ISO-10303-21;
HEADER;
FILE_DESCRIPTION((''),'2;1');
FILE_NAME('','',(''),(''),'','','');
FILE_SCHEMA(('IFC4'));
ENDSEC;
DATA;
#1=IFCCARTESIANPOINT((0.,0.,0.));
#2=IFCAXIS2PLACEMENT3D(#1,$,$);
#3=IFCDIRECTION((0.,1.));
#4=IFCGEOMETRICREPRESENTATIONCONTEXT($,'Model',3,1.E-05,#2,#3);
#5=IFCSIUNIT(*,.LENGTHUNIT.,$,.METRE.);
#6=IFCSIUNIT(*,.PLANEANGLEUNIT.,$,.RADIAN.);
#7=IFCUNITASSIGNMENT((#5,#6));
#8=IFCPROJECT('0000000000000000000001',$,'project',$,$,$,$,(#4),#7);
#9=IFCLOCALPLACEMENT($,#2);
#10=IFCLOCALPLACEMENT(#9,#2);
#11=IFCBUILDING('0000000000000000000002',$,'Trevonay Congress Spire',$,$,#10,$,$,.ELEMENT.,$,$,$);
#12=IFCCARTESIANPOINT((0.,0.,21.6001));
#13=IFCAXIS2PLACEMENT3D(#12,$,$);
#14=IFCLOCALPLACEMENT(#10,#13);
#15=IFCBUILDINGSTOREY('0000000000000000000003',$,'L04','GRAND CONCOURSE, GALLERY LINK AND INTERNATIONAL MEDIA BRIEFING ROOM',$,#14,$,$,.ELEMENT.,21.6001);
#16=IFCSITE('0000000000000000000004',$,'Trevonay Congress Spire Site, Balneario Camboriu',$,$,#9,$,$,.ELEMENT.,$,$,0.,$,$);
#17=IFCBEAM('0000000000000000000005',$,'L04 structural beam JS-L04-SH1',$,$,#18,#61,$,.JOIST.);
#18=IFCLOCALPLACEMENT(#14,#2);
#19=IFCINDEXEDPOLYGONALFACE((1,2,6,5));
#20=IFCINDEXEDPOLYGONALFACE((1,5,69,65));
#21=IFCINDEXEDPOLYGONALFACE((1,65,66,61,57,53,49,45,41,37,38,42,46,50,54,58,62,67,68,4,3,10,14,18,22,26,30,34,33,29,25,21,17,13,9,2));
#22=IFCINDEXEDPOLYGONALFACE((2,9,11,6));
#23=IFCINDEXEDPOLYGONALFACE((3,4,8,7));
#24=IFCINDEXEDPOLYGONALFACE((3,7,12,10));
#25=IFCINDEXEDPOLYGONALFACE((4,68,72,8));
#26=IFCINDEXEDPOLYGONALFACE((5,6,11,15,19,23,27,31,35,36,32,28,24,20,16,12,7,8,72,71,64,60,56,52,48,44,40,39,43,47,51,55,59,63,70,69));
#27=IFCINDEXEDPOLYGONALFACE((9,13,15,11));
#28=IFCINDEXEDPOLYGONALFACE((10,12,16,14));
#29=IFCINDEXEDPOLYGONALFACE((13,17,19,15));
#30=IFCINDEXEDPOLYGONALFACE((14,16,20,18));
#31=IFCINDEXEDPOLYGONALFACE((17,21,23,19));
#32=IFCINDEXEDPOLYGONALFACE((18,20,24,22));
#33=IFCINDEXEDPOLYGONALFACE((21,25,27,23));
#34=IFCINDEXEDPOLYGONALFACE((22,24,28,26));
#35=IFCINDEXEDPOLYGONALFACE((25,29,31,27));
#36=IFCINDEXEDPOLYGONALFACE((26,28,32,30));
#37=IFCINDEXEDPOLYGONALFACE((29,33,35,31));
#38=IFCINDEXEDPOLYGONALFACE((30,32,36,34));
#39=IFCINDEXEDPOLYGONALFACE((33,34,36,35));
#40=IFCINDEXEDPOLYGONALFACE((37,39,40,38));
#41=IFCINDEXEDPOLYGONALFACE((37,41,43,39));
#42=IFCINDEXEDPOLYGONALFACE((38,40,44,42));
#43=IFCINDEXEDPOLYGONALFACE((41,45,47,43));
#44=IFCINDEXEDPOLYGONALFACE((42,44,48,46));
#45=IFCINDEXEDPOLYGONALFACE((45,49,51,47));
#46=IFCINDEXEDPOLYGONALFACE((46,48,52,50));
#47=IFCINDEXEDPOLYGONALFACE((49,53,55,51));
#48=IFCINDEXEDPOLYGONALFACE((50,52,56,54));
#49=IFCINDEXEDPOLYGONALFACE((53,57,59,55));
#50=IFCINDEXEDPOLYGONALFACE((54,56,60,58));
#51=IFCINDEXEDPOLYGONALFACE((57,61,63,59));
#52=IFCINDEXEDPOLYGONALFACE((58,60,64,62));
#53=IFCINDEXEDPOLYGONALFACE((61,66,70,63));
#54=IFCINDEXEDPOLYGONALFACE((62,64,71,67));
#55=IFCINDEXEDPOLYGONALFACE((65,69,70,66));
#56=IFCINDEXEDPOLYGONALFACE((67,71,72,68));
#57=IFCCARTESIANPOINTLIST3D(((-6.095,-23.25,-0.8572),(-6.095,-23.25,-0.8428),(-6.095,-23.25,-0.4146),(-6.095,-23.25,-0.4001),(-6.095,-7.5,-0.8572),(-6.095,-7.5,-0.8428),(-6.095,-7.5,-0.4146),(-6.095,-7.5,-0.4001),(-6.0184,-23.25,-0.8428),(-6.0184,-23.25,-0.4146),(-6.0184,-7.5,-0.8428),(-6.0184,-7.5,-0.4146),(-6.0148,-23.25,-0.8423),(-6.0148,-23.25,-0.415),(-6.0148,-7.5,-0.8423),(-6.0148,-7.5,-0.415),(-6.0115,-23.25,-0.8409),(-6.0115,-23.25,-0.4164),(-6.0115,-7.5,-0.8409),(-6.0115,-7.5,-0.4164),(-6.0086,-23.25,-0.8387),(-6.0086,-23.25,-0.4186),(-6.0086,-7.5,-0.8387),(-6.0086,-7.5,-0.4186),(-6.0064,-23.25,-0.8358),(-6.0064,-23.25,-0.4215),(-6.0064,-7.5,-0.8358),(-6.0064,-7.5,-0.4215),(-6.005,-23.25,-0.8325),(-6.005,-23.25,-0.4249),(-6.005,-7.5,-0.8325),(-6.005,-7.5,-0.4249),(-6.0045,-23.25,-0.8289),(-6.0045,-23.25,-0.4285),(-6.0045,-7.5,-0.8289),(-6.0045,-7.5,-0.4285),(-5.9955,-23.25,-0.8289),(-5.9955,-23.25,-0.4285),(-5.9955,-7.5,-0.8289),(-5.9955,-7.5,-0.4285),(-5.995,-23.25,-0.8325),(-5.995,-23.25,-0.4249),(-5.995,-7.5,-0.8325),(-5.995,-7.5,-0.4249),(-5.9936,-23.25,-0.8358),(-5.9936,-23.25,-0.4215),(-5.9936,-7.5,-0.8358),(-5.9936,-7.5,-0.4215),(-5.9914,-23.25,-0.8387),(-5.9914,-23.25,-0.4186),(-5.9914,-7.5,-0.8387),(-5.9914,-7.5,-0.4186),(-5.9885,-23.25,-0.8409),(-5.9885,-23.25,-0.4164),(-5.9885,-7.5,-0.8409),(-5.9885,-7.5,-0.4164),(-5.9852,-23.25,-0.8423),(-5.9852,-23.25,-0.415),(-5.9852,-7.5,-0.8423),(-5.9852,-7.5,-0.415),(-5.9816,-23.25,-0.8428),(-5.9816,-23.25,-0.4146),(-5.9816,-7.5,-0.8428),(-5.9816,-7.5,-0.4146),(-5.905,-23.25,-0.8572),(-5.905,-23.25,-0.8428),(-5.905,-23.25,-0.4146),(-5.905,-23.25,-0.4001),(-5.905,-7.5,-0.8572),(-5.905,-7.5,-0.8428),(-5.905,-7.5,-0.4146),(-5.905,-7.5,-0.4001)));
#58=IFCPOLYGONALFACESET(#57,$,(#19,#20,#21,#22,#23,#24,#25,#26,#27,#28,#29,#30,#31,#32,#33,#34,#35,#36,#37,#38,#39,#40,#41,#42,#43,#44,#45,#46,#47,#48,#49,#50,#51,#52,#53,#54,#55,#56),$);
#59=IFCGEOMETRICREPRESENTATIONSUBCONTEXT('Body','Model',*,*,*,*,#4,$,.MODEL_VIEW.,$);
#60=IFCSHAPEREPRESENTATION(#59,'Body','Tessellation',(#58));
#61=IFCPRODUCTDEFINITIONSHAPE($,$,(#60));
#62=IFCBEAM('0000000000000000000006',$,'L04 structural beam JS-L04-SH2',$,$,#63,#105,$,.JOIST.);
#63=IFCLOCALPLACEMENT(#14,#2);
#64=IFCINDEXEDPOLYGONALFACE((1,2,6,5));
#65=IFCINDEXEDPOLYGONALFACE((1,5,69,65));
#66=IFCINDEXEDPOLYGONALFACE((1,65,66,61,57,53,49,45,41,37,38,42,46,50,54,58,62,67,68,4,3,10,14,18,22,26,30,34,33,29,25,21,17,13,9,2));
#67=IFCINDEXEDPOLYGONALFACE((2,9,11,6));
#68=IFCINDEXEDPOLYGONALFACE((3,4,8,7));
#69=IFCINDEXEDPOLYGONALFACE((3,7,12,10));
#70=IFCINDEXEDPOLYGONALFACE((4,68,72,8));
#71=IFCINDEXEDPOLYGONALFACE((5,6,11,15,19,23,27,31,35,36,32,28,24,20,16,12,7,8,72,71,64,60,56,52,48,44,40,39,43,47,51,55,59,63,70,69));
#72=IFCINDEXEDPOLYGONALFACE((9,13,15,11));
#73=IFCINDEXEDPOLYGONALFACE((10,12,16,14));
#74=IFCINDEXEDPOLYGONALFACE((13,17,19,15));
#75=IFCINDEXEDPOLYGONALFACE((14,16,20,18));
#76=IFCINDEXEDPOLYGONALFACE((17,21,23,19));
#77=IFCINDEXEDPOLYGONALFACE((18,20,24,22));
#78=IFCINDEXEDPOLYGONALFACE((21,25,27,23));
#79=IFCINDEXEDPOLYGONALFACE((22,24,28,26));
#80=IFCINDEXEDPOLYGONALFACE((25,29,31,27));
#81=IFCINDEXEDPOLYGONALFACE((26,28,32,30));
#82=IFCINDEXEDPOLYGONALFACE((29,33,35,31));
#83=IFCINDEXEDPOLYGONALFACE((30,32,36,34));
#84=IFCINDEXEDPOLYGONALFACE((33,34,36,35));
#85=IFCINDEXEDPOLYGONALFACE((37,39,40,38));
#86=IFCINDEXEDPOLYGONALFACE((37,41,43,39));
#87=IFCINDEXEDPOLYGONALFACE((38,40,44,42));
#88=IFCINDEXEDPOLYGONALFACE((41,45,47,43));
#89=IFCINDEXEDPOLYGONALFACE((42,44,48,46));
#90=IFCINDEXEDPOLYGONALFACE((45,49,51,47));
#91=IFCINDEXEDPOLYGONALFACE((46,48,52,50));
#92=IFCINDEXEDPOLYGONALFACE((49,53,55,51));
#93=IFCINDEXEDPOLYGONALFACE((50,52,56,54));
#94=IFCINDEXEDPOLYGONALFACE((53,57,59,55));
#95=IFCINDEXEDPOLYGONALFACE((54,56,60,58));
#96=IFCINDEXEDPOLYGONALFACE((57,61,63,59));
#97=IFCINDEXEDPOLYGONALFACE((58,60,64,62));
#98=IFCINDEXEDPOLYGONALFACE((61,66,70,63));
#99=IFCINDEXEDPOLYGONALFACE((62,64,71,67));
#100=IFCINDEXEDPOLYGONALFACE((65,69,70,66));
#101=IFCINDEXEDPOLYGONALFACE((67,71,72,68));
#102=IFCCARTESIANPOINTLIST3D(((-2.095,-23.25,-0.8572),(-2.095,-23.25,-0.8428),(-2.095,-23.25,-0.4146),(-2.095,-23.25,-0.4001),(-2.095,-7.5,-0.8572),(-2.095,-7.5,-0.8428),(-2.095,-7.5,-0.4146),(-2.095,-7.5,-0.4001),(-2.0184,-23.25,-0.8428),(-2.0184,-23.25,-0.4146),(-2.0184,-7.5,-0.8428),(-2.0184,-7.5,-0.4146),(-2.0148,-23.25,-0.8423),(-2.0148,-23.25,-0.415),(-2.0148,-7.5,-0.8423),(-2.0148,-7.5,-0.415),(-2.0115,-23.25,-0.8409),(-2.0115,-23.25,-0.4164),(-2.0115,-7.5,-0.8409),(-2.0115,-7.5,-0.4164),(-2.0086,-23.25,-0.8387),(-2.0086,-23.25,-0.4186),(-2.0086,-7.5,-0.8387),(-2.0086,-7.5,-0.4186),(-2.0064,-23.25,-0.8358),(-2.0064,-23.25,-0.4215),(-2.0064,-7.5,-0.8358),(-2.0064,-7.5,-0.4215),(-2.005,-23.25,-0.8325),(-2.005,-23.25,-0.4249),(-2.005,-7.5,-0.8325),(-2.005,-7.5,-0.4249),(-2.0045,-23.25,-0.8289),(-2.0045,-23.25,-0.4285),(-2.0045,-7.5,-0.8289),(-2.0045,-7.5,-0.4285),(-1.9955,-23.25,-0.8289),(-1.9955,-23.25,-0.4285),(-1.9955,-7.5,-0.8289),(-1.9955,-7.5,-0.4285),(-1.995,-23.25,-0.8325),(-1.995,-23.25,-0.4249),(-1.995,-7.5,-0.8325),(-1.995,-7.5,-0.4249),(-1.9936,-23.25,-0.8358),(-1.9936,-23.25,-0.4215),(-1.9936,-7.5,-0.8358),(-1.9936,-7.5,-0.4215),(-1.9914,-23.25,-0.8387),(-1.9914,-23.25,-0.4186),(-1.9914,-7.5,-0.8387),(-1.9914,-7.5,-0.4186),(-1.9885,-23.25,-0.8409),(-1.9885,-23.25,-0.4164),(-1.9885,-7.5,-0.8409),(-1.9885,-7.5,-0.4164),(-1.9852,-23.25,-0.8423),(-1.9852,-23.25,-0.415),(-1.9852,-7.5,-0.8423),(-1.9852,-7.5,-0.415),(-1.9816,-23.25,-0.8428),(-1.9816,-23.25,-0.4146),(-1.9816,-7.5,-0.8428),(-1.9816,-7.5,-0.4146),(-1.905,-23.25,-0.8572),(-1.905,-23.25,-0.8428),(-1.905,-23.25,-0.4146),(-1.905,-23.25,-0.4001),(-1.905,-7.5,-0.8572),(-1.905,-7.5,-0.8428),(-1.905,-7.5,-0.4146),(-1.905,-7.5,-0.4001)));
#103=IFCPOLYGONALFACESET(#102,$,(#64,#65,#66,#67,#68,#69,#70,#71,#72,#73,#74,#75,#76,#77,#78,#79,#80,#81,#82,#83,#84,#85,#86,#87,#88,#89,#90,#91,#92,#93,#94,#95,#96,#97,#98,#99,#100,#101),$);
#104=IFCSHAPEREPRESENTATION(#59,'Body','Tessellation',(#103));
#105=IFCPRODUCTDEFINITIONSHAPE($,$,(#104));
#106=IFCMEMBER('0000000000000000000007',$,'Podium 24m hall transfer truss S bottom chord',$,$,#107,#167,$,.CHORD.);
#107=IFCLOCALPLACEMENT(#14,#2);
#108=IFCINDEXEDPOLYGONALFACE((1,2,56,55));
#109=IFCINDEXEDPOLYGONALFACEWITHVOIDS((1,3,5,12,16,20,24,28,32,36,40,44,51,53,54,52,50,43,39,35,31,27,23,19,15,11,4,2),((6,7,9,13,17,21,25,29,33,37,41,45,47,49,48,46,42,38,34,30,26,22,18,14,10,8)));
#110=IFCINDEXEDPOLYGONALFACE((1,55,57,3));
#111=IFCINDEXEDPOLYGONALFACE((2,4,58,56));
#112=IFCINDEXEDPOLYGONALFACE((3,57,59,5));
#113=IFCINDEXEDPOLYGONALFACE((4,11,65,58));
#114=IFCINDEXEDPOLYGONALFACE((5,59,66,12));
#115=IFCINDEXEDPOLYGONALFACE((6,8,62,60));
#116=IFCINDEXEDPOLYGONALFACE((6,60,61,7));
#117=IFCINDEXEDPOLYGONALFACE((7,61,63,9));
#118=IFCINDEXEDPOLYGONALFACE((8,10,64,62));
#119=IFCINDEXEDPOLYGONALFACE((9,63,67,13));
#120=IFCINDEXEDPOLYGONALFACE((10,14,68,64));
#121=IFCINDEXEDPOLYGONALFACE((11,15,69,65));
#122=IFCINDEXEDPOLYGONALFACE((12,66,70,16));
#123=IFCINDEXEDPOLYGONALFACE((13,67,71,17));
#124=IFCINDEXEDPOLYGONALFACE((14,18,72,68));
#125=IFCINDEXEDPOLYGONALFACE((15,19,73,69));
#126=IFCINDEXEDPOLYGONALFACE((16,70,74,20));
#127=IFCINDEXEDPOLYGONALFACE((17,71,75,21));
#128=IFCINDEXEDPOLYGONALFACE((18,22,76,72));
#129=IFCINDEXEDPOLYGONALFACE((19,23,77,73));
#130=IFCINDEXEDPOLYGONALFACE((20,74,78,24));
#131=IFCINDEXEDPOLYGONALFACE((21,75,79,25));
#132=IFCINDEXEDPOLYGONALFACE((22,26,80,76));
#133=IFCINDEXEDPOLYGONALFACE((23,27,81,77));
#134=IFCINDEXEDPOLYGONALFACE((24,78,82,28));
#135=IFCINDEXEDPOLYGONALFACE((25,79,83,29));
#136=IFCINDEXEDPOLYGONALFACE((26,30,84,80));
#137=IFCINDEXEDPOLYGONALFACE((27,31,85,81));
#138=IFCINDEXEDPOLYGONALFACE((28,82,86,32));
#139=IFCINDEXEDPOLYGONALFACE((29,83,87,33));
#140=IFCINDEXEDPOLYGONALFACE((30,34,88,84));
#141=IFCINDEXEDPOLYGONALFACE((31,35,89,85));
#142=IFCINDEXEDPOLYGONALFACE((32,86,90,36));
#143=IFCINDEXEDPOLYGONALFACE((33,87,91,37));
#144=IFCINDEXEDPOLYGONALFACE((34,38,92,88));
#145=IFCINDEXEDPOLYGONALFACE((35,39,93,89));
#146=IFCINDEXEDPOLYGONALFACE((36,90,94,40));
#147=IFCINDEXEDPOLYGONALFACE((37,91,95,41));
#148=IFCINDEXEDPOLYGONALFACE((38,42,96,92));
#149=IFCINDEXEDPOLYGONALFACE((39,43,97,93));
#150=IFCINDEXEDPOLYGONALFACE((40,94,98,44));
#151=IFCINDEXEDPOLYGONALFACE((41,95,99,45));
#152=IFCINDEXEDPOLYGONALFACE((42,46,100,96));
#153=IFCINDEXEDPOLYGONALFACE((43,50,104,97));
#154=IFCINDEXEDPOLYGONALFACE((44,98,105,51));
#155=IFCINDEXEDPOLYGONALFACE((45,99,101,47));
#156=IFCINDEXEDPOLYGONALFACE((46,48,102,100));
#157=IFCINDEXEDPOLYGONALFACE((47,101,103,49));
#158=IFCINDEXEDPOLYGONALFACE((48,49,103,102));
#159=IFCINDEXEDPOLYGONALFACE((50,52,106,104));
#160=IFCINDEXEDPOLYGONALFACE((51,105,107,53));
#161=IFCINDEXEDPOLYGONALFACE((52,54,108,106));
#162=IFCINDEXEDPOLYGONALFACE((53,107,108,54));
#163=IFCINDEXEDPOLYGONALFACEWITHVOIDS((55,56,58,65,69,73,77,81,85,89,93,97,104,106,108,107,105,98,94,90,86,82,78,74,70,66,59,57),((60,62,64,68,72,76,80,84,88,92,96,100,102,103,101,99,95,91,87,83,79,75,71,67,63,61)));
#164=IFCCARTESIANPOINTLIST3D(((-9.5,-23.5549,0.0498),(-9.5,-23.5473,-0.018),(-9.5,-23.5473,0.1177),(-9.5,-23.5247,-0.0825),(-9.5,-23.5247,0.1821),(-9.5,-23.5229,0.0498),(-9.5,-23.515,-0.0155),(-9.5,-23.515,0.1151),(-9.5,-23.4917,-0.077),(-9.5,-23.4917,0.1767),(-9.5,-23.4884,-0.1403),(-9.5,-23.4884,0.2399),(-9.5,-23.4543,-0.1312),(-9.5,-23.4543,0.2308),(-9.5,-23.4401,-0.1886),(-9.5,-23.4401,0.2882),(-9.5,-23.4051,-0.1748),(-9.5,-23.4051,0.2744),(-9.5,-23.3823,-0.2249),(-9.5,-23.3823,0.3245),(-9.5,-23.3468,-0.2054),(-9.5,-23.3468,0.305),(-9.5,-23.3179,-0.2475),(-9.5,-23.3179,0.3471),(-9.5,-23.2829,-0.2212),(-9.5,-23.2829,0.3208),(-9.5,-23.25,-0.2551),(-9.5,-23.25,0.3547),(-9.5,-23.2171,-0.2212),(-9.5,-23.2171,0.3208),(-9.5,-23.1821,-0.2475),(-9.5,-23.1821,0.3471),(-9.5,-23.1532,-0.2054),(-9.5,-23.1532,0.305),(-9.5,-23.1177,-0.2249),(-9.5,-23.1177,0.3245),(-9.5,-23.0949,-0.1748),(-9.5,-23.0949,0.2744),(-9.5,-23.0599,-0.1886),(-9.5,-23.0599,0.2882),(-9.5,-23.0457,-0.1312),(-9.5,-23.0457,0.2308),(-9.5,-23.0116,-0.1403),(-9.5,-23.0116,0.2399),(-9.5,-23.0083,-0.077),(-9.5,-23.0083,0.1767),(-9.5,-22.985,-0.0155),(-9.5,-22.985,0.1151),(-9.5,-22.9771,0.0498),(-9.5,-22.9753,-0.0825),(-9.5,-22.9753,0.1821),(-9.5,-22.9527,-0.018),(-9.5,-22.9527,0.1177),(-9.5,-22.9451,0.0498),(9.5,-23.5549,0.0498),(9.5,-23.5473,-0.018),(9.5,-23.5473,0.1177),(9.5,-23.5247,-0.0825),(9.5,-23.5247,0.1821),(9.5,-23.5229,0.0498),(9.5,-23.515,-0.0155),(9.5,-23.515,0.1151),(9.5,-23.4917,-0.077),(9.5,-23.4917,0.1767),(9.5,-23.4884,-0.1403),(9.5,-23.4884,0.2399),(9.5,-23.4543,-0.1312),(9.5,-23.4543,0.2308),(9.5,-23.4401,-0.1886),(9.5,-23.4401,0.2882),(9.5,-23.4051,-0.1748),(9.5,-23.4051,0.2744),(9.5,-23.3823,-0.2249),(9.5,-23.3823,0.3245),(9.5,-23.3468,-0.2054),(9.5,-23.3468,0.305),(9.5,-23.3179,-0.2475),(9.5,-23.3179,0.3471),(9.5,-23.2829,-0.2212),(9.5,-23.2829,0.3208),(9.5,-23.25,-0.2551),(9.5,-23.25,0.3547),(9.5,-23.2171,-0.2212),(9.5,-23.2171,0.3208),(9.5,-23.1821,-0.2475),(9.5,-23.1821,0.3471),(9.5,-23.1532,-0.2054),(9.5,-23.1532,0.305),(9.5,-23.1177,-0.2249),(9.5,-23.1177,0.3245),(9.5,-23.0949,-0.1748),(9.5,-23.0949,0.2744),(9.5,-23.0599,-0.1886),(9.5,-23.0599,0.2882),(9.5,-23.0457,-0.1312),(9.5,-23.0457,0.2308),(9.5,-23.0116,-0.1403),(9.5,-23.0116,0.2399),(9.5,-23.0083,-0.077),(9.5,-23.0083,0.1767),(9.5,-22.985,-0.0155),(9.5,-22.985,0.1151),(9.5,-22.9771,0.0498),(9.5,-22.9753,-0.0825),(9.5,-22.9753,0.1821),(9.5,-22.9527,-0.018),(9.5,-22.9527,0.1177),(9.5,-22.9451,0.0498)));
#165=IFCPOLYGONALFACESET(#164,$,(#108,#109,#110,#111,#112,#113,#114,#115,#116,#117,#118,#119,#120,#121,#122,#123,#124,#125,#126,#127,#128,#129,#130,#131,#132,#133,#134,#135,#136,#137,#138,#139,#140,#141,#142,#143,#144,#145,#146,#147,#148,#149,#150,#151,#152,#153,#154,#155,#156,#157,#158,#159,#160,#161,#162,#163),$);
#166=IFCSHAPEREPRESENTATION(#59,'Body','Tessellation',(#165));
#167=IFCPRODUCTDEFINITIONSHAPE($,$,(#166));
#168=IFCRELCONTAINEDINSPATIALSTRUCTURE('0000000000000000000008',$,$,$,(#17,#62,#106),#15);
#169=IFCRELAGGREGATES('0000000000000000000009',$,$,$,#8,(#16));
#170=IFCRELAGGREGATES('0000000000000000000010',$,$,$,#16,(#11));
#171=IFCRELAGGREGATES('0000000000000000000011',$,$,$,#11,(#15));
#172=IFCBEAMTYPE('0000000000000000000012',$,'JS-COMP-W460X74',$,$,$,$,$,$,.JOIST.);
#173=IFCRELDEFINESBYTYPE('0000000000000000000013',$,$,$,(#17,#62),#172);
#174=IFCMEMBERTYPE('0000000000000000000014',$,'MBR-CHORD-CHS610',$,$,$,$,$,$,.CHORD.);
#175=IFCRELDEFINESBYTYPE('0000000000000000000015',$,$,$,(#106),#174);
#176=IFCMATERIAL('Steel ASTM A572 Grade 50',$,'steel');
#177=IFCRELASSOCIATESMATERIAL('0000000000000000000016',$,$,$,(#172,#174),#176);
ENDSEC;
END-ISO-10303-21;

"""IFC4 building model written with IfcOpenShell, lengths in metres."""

from ifc_helpers import new_model, si_unit, direction, frame, origin, origin_2d, place, context, subcontext, project, spatial, hollow_circle, i_section, extrude, material, material_profile, profile_set, type_object, element, save


model = new_model("IFC4")

# Units and contexts
model_context = context("Model", 3, precision=1e-05, world=origin(), true_north=direction((0.0, 1.0)))
body_context = subcontext(model_context, "Body", "Model", "MODEL_VIEW")
ifc_project = project(units=[si_unit("LENGTHUNIT", "METRE"), si_unit("PLANEANGLEUNIT", "RADIAN")], contexts=[model_context])

# Site, building, storey
site_placement = place(None, origin())
site = spatial("IfcSite", under=ifc_project, at=site_placement, Name="Trevonay Congress Spire Site, Balneario Camboriu", CompositionType="ELEMENT", RefElevation=0.0)
building_placement = place(site_placement, origin())
building = spatial("IfcBuilding", under=site, at=building_placement, Name="Trevonay Congress Spire", CompositionType="ELEMENT")
storey_placement = place(building_placement, frame((0.0, 0.0, 21.6001)))
storey = spatial("IfcBuildingStorey", under=building, at=storey_placement, Name="L04", Description="GRAND CONCOURSE, GALLERY LINK AND INTERNATIONAL MEDIA BRIEFING ROOM", CompositionType="ELEMENT", Elevation=21.6001)

# Shared definitions
ifc_material_1 = material(Name="Steel ASTM A572 Grade 50", Category="steel")

# Beams
ifc_material_profile_1 = material_profile(ifc_material_1, i_section(OverallWidth=0.1899, OverallDepth=0.457, WebThickness=0.009, FlangeThickness=0.0144, FilletRadius=0.0139, at=origin_2d()), Name="W460x74")
ifc_profile_set_1 = profile_set([ifc_material_profile_1], Name="Steel ASTM A572 Grade 50")
beam_type_1 = type_object("IfcBeamType", Name="JS-COMP-W460X74", PredefinedType="JOIST", material=ifc_profile_set_1)
for number, where, z_axis, x_axis, name in (
    (1, (-6.0, -23.25, -0.6287), (0.0, 1.0, 0.0), (-1.0, 0.0, 0.0), "L04 structural beam JS-L04-SH1"),
    (2, (-2.0, -23.25, -0.6287), (0.0, 1.0, 0.0), (-1.0, 0.0, 0.0), "L04 structural beam JS-L04-SH2"),
):
    element("IfcBeam", number, at=place(storey_placement, frame(where, z_axis=z_axis, x_axis=x_axis)), inside=storey, type_object=beam_type_1, Name=name, PredefinedType="JOIST", context=body_context, shape_type="SweptSolid", body=[
        extrude(i_section(OverallWidth=0.1899, OverallDepth=0.457, WebThickness=0.009, FlangeThickness=0.0144, FilletRadius=0.0139, at=origin_2d()), origin(), (0.0, 0.0, 1.0), 15.75),
    ])

# Member
ifc_material_profile_2 = material_profile(ifc_material_1, hollow_circle(Radius=0.3049, WallThickness=0.032, at=origin_2d()), Name="CHS 610x32")
ifc_profile_set_2 = profile_set([ifc_material_profile_2], Name="Steel ASTM A572 Grade 50")
member_type_1 = type_object("IfcMemberType", Name="MBR-CHORD-CHS610", PredefinedType="CHORD", material=ifc_profile_set_2)
member_1_placement = place(storey_placement, frame((-9.5, -23.25, 0.0498), z_axis=(1.0, 0.0, 0.0), x_axis=(0.0, 1.0, 0.0)))
element("IfcMember", 3, at=member_1_placement, inside=storey, type_object=member_type_1, Name="Podium 24m hall transfer truss S bottom chord", PredefinedType="CHORD", context=body_context, shape_type="SweptSolid", body=[
    extrude(hollow_circle(Radius=0.3049, WallThickness=0.032, at=origin_2d()), origin(), (0.0, 0.0, 1.0), 19.0),
])

save(model, "model.ifc")
